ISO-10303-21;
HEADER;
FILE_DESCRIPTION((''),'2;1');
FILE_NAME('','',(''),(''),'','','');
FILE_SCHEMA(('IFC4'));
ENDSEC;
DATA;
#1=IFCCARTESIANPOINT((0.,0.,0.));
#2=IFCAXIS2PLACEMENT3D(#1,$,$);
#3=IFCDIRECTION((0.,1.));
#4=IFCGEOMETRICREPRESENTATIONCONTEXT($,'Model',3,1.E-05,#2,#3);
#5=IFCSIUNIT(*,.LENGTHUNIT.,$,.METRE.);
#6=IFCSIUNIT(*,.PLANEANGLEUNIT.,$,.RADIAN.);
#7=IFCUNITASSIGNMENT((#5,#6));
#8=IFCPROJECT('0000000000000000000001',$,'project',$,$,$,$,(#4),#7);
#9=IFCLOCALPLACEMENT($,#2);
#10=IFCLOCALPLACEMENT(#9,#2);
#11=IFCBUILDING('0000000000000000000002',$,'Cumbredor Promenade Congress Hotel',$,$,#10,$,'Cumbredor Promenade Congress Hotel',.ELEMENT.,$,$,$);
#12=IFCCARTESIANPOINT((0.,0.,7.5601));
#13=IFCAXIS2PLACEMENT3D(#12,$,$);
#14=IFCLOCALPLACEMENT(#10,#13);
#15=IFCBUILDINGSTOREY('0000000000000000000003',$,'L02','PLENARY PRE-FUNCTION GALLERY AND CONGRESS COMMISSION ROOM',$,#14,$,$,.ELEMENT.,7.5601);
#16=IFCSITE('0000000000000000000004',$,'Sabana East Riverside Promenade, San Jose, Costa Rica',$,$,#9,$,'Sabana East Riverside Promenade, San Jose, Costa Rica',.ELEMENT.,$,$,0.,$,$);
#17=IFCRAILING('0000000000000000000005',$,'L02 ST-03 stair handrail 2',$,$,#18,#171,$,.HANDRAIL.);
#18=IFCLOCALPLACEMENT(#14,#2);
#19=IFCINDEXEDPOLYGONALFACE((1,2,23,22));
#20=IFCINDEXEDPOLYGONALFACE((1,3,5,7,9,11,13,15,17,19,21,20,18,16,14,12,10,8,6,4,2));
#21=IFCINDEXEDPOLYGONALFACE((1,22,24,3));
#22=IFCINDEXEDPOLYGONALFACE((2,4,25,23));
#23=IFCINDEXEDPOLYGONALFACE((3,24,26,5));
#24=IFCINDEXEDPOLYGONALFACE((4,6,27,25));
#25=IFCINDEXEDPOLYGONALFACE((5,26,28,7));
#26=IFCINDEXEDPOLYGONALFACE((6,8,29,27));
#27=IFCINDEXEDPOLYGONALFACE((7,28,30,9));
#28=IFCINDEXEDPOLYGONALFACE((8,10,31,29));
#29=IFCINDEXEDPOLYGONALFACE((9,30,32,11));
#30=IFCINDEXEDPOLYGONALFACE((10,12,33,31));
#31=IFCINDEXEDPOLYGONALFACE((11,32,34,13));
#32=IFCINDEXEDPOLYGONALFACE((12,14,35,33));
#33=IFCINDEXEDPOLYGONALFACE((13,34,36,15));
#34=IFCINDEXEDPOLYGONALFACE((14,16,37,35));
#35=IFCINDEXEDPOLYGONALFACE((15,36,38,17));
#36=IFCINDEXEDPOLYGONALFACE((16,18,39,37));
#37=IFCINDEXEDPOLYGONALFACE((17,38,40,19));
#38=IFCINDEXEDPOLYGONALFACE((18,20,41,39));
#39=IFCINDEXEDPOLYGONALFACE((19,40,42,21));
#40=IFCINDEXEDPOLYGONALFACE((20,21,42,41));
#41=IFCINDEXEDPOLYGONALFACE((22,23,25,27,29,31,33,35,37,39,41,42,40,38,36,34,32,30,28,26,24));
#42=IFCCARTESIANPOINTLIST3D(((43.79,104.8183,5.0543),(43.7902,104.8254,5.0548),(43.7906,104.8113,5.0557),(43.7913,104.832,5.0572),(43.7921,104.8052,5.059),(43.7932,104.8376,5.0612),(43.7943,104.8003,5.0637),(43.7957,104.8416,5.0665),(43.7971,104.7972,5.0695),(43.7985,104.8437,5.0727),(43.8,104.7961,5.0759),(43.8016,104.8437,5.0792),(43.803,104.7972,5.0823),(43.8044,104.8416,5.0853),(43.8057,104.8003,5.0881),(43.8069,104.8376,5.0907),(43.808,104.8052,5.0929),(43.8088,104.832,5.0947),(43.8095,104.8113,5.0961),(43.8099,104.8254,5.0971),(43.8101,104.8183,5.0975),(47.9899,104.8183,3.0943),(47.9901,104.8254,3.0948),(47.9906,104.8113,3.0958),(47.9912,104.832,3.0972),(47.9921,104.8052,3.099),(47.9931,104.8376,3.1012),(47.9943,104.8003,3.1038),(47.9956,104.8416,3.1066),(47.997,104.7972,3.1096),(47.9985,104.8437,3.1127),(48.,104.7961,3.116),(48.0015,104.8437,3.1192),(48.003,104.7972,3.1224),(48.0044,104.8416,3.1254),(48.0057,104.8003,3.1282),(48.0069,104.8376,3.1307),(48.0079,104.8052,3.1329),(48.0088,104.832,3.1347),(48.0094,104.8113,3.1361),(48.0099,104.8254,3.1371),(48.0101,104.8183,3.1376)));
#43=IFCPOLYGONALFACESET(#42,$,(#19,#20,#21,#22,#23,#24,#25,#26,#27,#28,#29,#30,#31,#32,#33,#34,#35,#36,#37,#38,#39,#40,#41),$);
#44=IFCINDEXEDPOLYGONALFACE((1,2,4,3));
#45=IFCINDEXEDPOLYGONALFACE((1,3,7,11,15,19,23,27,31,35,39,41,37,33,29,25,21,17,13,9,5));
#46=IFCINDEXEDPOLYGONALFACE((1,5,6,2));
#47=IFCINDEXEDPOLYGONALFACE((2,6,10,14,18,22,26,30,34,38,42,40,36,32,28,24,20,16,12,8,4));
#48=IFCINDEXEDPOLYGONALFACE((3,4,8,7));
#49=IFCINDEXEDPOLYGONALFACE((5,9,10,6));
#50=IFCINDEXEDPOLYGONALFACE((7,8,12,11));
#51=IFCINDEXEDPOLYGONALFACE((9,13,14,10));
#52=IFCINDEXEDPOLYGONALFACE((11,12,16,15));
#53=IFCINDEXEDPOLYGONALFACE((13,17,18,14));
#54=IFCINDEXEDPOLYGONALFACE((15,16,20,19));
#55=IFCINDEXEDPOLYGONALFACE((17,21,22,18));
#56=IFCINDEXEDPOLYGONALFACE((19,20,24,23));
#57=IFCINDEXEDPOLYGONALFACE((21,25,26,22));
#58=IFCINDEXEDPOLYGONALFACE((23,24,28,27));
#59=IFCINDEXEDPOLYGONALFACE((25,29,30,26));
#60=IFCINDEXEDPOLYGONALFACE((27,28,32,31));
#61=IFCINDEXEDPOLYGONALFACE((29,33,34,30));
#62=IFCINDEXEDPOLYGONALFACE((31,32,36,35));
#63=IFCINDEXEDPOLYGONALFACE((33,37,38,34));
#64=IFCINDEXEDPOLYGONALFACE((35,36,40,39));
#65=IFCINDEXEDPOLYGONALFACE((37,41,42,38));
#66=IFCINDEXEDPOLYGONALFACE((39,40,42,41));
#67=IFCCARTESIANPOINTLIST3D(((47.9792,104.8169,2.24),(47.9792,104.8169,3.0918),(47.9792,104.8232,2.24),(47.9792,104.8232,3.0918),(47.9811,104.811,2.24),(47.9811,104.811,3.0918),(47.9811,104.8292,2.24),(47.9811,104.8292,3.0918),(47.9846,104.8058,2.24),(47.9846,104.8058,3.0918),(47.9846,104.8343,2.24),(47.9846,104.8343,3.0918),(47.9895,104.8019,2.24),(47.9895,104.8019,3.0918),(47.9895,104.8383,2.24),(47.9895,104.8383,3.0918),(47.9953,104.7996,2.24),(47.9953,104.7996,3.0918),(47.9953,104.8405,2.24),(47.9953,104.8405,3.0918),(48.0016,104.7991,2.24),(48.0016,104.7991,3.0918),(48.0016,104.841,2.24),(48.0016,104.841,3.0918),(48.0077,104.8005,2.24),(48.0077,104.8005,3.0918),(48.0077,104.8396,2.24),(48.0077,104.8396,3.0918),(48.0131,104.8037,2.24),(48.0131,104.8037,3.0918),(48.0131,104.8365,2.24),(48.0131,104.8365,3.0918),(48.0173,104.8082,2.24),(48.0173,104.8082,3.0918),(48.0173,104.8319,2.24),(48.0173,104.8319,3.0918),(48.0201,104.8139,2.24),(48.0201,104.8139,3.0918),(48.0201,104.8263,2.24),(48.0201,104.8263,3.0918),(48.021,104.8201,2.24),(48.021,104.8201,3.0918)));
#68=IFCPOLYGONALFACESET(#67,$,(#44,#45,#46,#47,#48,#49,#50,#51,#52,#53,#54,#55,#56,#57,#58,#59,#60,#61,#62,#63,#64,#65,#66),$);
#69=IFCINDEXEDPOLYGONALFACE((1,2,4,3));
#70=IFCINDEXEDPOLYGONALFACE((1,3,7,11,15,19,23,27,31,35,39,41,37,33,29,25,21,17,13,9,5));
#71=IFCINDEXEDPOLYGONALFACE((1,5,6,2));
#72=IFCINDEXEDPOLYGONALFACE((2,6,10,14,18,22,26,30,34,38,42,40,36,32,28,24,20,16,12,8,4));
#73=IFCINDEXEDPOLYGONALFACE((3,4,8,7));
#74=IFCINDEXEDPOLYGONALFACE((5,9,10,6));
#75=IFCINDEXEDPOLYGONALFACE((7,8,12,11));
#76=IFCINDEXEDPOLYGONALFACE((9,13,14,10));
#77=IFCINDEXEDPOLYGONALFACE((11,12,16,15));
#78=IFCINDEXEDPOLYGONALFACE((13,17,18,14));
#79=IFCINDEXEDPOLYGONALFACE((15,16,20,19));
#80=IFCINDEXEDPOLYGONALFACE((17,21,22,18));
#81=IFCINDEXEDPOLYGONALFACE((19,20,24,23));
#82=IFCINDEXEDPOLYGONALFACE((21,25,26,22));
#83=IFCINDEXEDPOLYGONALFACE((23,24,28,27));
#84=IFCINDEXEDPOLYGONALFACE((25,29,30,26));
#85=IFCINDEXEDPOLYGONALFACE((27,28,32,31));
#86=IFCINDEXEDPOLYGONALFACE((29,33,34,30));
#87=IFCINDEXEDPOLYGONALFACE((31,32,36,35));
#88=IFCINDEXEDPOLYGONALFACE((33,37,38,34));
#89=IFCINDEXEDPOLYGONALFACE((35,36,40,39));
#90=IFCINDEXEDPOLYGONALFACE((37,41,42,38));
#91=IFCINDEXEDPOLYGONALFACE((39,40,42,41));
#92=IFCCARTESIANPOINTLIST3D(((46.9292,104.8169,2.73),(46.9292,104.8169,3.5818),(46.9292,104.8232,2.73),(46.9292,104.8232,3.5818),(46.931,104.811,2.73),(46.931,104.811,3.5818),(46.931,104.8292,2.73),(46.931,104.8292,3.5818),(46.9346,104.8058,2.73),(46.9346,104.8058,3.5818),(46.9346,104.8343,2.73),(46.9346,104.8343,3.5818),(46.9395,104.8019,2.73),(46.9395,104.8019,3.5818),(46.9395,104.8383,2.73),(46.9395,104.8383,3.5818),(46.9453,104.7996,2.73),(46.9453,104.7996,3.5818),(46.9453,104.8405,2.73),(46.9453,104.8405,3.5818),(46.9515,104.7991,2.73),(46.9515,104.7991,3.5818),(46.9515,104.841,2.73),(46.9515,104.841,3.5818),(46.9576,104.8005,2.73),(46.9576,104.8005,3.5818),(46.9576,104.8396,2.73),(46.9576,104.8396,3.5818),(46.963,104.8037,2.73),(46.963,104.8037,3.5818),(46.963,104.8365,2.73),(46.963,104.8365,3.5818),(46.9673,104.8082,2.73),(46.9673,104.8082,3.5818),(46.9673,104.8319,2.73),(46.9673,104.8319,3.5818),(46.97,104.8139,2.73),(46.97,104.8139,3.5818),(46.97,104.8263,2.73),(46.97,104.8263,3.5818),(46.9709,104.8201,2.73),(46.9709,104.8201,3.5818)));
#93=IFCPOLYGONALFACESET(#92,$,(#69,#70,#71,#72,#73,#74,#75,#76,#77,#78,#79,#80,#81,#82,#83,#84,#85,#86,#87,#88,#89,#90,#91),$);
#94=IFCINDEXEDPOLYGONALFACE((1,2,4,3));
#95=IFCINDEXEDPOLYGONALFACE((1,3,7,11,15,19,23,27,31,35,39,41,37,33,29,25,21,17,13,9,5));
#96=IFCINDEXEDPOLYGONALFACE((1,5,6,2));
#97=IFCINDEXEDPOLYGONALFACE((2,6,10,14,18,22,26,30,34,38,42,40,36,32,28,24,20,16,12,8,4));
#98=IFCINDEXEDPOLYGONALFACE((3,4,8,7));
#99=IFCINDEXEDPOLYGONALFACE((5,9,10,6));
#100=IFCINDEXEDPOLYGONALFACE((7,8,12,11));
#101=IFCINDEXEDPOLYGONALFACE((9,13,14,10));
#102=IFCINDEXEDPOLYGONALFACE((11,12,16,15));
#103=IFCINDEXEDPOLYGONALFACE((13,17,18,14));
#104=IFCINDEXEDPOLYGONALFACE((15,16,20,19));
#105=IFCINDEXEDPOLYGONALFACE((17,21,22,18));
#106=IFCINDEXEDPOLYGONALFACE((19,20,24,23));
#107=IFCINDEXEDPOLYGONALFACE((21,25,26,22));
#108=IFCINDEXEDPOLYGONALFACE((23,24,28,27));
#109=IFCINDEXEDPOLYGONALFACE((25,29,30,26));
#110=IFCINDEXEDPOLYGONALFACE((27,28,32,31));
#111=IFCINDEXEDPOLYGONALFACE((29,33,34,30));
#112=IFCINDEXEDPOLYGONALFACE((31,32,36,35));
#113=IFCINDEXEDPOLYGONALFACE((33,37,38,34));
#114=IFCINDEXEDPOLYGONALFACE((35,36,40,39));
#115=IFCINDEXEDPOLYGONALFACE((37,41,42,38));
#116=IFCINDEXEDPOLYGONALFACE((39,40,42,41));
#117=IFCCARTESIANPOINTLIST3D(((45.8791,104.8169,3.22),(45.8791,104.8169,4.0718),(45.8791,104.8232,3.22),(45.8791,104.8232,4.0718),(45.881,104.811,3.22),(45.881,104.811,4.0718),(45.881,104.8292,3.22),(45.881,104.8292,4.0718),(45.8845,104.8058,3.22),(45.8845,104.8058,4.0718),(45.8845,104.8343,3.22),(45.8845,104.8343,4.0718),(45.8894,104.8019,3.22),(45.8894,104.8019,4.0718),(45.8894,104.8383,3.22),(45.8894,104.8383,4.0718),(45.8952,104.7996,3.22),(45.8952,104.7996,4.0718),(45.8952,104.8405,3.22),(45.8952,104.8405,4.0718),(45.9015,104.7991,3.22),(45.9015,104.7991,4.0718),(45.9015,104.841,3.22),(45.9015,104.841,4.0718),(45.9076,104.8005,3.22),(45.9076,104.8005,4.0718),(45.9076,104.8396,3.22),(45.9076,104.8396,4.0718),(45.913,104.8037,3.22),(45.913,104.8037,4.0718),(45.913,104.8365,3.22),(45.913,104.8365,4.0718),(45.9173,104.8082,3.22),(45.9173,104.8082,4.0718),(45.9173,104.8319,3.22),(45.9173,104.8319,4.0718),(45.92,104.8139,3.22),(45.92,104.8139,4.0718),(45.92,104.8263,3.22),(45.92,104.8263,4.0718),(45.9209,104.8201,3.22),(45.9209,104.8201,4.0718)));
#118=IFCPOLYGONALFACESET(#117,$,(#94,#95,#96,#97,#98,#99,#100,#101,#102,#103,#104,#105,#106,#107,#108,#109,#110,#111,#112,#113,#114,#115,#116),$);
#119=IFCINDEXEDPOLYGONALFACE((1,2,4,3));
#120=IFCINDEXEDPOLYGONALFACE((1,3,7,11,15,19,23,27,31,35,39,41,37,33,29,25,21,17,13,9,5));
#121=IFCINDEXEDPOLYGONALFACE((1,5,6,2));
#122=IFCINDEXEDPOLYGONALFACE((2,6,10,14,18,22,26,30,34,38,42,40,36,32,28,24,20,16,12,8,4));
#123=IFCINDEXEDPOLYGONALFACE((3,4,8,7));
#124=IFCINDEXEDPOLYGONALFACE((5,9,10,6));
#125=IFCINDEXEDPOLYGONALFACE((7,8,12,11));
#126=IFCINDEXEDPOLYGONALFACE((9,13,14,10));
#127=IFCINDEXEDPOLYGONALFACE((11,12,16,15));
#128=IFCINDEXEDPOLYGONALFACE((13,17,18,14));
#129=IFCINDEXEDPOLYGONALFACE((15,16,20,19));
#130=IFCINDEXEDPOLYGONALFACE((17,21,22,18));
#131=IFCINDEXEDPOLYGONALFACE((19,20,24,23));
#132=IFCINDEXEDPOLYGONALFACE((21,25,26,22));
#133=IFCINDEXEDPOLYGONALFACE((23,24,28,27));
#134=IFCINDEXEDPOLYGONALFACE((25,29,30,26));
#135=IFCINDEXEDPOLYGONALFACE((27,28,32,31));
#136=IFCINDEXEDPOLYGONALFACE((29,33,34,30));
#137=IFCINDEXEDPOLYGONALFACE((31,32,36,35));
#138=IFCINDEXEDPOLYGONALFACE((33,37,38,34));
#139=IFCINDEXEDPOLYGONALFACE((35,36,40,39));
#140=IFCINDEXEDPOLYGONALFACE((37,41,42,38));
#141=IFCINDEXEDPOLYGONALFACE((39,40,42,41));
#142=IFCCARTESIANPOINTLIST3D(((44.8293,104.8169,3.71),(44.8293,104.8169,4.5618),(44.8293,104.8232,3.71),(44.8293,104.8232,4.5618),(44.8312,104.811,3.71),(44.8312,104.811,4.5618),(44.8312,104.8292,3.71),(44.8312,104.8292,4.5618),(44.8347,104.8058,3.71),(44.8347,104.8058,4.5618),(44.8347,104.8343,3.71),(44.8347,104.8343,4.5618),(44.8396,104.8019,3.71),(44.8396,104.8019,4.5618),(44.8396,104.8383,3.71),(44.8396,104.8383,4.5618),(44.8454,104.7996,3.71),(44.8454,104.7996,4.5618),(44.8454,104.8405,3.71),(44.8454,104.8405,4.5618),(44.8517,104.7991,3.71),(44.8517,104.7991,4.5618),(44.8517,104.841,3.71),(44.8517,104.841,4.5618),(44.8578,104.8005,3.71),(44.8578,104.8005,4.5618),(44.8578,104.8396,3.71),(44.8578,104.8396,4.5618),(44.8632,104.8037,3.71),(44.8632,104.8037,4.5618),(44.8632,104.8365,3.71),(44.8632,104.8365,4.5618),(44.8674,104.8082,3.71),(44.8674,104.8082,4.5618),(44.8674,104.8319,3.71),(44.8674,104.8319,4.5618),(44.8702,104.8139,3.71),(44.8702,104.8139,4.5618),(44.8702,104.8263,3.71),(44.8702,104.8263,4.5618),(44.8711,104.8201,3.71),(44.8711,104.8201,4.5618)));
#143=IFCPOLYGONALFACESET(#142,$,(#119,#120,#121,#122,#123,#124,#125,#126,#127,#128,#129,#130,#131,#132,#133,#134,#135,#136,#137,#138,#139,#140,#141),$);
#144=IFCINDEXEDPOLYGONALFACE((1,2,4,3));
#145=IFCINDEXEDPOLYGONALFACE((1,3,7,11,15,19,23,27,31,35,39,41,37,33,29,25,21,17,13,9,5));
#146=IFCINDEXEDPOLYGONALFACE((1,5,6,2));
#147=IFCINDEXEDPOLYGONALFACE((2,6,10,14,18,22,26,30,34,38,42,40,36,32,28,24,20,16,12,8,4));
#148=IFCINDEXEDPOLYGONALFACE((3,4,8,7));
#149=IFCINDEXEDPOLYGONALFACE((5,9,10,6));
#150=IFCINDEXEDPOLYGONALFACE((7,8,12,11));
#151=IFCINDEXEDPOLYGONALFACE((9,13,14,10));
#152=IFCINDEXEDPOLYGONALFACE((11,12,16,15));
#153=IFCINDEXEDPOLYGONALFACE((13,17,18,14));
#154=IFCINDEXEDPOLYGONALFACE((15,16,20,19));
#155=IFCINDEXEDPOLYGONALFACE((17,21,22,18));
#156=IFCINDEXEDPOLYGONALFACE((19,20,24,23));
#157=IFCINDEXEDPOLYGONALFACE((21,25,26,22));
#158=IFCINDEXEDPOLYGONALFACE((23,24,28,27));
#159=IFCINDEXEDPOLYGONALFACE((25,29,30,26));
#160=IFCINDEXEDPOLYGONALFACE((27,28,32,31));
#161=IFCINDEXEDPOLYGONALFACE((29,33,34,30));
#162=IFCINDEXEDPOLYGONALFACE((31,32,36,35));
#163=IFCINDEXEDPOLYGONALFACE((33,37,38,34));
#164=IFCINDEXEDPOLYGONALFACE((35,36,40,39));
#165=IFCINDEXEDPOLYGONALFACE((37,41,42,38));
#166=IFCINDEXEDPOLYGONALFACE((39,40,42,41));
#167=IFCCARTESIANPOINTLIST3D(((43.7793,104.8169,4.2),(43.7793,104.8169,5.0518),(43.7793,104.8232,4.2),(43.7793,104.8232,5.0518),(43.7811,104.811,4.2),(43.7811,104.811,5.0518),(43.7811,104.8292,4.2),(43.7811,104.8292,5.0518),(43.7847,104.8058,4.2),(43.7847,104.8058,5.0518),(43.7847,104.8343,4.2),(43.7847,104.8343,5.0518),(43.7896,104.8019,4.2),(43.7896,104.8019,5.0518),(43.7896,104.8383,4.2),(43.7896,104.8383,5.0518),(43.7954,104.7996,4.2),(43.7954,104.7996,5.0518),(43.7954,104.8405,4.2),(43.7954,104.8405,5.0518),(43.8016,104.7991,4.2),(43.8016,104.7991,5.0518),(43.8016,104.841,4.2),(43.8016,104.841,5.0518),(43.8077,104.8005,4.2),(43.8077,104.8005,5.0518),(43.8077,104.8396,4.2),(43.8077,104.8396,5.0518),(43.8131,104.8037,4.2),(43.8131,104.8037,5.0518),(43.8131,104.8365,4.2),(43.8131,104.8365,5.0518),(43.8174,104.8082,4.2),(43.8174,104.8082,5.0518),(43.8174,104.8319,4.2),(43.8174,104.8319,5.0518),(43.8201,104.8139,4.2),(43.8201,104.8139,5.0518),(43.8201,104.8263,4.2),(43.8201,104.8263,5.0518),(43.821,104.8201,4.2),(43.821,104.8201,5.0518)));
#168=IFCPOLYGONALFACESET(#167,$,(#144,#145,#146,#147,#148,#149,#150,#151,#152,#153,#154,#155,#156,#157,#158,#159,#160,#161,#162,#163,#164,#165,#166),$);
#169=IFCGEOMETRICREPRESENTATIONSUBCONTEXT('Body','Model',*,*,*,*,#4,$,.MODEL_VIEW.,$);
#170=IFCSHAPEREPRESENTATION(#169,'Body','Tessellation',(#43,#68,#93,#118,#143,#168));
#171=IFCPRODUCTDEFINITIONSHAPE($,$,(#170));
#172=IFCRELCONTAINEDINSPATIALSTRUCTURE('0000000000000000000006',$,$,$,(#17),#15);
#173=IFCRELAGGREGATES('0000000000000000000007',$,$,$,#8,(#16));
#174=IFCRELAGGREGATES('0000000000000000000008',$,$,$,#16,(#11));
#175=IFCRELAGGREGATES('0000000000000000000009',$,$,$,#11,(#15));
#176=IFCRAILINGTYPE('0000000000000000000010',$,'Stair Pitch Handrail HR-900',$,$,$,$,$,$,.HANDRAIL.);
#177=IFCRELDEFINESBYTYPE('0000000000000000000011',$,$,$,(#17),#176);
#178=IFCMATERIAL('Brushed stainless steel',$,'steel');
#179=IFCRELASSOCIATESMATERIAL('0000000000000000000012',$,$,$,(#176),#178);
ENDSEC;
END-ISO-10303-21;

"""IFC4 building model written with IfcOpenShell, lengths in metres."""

from ifc_helpers import new_model, si_unit, direction, frame, origin, origin_2d, place, context, subcontext, project, spatial, circle, extrude, material, type_object, element, save


model = new_model("IFC4")

# Units and contexts
model_context = context("Model", 3, precision=1e-05, world=origin(), true_north=direction((0.0, 1.0)))
body_context = subcontext(model_context, "Body", "Model", "MODEL_VIEW")
ifc_project = project(units=[si_unit("LENGTHUNIT", "METRE"), si_unit("PLANEANGLEUNIT", "RADIAN")], contexts=[model_context])

# Site, building, storey
site_placement = place(None, origin())
site = spatial("IfcSite", under=ifc_project, at=site_placement, Name="Sabana East Riverside Promenade, San Jose, Costa Rica", LongName="Sabana East Riverside Promenade, San Jose, Costa Rica", CompositionType="ELEMENT", RefElevation=0.0)
building_placement = place(site_placement, origin())
building = spatial("IfcBuilding", under=site, at=building_placement, Name="Cumbredor Promenade Congress Hotel", LongName="Cumbredor Promenade Congress Hotel", CompositionType="ELEMENT")
storey_placement = place(building_placement, frame((0.0, 0.0, 7.5601)))
storey = spatial("IfcBuildingStorey", under=building, at=storey_placement, Name="L02", Description="PLENARY PRE-FUNCTION GALLERY AND CONGRESS COMMISSION ROOM", CompositionType="ELEMENT", Elevation=7.5601)

# Railing
ifc_material_1 = material(Name="Brushed stainless steel", Category="steel")
railing_type_1 = type_object("IfcRailingType", Name="Stair Pitch Handrail HR-900", PredefinedType="HANDRAIL", material=ifc_material_1)
railing_1_placement = place(storey_placement, frame((48.0, 104.8201, 2.24)))
element("IfcRailing", 1, at=railing_1_placement, inside=storey, type_object=railing_type_1, Name="L02 ST-03 stair handrail 2", PredefinedType="HANDRAIL", context=body_context, shape_type="SweptSolid", body=[
    extrude(circle(Radius=0.0239, at=origin_2d()), frame((0.0, 0.0, 0.876), z_axis=(-0.906184, 0.0, 0.422883), x_axis=(0.0, -1.0, 0.0)), (0.0, 0.0, 1.0), 4.6348),
    extrude(circle(Radius=0.021, at=origin_2d()), origin(), (0.0, 0.0, 1.0), 0.8518),
    extrude(circle(Radius=0.021, at=origin_2d()), frame((-1.05, 0.0, 0.49)), (0.0, 0.0, 1.0), 0.8518),
    extrude(circle(Radius=0.021, at=origin_2d()), frame((-2.1001, 0.0, 0.98)), (0.0, 0.0, 1.0), 0.8518),
    extrude(circle(Radius=0.021, at=origin_2d()), frame((-3.1499, 0.0, 1.47)), (0.0, 0.0, 1.0), 0.8518),
    extrude(circle(Radius=0.021, at=origin_2d()), frame((-4.2, 0.0, 1.96)), (0.0, 0.0, 1.0), 0.8518),
])

save(model, "model.ifc")
